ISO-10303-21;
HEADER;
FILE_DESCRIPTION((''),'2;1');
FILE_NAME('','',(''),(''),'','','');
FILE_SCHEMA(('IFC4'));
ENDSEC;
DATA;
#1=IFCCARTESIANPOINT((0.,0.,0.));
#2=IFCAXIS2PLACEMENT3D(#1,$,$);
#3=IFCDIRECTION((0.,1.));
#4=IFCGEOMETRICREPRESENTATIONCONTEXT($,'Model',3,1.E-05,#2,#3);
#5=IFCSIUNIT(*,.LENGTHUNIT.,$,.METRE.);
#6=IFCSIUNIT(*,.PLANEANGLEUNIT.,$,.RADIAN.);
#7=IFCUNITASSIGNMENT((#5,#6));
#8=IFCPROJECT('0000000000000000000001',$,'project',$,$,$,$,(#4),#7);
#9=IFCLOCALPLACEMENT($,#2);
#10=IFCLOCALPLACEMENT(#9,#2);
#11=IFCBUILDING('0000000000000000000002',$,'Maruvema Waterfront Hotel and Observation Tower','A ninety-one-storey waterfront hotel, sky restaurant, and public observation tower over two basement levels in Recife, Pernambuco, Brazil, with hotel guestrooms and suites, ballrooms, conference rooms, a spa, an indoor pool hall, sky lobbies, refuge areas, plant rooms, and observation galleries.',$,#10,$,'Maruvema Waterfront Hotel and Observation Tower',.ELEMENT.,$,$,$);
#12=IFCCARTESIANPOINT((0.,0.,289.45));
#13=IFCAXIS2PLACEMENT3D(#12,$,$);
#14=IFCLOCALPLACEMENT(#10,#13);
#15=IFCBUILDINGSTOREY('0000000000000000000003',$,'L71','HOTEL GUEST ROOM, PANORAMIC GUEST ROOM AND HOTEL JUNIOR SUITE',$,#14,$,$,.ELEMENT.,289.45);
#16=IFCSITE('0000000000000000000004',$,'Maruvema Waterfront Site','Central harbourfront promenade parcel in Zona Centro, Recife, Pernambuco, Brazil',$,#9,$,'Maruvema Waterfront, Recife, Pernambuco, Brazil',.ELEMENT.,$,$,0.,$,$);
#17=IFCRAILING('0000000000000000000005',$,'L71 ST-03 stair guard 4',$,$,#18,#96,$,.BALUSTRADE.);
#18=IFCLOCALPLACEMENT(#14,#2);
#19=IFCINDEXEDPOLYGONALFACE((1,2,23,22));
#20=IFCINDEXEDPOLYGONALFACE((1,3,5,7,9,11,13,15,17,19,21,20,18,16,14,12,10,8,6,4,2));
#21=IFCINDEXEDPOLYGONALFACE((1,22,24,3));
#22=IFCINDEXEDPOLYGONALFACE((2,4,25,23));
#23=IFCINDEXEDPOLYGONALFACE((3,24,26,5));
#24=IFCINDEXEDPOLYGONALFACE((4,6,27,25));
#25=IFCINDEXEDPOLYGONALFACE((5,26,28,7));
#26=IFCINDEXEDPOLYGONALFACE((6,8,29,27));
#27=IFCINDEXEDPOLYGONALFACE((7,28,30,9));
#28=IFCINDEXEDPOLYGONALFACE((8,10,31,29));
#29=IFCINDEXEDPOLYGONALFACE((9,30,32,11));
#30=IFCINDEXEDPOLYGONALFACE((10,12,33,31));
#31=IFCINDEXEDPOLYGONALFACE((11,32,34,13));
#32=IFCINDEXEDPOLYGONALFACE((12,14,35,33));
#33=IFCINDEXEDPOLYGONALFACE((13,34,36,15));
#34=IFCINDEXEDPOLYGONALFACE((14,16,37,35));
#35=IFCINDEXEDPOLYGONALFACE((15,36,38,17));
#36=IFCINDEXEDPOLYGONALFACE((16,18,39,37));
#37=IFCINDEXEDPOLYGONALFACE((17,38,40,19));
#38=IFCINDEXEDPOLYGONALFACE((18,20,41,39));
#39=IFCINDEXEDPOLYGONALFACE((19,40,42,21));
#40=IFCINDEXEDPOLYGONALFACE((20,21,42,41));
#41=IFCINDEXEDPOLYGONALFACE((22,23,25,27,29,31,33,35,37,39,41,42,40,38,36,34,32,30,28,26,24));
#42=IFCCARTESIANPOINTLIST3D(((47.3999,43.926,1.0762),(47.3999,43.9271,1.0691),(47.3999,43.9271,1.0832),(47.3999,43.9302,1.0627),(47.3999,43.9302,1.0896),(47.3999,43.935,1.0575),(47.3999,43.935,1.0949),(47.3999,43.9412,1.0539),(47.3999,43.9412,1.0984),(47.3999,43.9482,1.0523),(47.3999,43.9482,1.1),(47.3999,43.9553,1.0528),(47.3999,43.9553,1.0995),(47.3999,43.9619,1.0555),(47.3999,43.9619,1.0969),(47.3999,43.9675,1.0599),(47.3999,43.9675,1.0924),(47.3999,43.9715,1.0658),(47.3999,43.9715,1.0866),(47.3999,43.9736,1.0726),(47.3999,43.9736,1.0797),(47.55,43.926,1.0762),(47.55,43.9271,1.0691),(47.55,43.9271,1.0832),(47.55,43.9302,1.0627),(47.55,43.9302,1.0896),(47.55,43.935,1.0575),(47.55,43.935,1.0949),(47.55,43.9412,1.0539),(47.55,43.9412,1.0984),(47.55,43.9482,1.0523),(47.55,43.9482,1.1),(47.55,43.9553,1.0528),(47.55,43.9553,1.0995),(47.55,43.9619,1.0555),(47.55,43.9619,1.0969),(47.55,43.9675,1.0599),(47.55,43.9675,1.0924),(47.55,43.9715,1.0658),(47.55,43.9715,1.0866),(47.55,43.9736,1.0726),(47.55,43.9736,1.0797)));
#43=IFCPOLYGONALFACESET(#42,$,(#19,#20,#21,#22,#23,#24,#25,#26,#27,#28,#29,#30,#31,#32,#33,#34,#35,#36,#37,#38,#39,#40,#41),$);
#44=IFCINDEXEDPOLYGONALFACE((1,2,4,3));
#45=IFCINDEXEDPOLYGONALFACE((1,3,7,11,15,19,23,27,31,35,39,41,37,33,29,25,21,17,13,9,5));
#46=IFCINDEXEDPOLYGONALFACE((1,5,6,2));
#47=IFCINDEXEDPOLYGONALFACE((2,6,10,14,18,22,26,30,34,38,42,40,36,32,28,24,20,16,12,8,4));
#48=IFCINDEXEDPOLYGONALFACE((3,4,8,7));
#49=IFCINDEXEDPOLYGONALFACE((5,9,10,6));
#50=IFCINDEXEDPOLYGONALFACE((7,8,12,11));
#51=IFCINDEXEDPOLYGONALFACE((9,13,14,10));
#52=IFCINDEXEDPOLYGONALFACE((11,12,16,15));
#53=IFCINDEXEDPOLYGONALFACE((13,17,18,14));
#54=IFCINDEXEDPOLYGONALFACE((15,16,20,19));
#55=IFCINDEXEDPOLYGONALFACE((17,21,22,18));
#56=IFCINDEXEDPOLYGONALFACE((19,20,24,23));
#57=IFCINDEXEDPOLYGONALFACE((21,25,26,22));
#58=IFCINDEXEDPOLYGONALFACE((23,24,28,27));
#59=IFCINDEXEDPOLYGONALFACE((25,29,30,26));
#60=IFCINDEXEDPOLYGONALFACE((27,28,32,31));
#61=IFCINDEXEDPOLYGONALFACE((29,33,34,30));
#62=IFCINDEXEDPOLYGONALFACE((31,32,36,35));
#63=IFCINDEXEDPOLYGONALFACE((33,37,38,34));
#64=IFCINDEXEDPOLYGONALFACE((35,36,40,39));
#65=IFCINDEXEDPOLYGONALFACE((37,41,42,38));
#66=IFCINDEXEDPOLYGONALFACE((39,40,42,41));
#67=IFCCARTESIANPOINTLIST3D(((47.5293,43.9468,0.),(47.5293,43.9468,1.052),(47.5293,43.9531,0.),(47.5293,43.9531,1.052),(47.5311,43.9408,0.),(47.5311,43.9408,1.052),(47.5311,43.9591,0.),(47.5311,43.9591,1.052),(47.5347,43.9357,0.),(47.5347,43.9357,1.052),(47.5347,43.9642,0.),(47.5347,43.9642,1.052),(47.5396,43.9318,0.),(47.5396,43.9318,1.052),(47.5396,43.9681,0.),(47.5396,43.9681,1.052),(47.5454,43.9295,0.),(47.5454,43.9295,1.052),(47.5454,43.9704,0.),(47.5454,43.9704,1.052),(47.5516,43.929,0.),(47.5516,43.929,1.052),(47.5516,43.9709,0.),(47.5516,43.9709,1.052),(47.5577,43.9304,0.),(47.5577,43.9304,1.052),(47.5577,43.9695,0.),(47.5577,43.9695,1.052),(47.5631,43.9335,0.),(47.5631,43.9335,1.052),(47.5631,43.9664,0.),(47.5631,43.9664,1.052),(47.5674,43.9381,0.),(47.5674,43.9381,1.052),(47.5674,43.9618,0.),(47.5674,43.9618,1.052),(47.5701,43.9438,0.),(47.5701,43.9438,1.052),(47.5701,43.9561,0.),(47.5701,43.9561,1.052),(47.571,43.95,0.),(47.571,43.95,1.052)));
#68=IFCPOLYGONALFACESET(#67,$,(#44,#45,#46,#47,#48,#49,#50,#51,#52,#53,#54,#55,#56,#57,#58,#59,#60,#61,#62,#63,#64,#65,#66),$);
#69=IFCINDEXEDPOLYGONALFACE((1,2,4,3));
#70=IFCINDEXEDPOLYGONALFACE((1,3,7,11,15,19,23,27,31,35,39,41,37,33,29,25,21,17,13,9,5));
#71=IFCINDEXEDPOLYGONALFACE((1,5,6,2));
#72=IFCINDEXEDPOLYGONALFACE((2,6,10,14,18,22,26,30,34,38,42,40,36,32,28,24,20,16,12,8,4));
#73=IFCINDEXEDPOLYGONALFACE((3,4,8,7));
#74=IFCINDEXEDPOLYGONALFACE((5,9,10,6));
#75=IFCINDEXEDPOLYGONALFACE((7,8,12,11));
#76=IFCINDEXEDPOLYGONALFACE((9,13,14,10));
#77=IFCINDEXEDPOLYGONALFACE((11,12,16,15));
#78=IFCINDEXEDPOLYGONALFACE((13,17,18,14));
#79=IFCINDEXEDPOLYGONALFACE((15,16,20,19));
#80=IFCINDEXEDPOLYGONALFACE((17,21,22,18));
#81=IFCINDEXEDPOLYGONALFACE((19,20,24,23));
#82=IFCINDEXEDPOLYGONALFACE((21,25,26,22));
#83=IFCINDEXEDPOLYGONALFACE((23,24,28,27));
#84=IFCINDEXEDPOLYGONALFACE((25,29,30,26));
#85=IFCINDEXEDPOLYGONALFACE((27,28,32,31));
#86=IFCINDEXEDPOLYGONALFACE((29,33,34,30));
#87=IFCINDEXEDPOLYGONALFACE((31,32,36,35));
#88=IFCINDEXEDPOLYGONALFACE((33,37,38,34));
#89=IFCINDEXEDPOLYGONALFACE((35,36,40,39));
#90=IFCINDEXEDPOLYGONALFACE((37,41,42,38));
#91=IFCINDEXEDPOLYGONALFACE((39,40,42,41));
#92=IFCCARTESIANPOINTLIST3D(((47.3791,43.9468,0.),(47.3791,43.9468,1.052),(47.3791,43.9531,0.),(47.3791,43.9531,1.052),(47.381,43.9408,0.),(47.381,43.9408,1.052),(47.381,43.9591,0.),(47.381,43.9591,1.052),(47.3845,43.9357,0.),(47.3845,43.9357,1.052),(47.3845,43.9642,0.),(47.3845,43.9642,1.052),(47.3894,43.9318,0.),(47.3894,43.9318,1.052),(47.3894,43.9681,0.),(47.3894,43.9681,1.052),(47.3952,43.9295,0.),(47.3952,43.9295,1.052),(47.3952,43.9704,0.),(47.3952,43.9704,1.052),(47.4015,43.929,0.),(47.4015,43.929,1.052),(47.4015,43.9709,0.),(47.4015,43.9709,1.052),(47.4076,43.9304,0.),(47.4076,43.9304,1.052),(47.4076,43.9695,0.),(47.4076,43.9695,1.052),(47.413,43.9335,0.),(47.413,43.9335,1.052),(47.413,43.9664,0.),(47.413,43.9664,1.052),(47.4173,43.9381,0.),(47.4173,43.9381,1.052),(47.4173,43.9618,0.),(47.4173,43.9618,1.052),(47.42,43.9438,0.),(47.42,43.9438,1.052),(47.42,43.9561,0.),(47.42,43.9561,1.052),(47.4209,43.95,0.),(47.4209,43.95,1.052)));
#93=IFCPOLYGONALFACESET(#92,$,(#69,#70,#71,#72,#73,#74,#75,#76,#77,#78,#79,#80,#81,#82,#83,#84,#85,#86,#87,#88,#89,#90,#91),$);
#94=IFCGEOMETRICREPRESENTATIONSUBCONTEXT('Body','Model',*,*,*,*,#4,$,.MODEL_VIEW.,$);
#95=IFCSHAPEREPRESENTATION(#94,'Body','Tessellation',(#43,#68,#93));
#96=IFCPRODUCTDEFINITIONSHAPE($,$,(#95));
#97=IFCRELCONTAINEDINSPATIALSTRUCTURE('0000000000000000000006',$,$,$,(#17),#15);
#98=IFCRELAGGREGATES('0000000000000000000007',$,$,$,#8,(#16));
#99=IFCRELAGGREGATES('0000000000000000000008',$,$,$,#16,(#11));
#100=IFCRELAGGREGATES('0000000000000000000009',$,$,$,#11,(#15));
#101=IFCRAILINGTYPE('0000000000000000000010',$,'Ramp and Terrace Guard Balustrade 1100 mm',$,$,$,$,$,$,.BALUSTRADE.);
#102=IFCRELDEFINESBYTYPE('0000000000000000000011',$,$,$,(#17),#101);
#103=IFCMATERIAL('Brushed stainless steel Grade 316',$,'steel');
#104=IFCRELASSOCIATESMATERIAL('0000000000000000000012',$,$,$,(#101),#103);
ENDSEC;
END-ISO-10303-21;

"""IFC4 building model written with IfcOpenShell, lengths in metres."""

from ifc_helpers import new_model, si_unit, direction, frame, origin, origin_2d, place, context, subcontext, project, spatial, circle, extrude, material, type_object, element, save


model = new_model("IFC4")

# Units and contexts
model_context = context("Model", 3, precision=1e-05, world=origin(), true_north=direction((0.0, 1.0)))
body_context = subcontext(model_context, "Body", "Model", "MODEL_VIEW")
ifc_project = project(units=[si_unit("LENGTHUNIT", "METRE"), si_unit("PLANEANGLEUNIT", "RADIAN")], contexts=[model_context])

# Site, building, storey
site_placement = place(None, origin())
site = spatial("IfcSite", under=ifc_project, at=site_placement, Name="Maruvema Waterfront Site", Description="Central harbourfront promenade parcel in Zona Centro, Recife, Pernambuco, Brazil", LongName="Maruvema Waterfront, Recife, Pernambuco, Brazil", CompositionType="ELEMENT", RefElevation=0.0)
building_placement = place(site_placement, origin())
building = spatial("IfcBuilding", under=site, at=building_placement, Name="Maruvema Waterfront Hotel and Observation Tower", Description="A ninety-one-storey waterfront hotel, sky restaurant, and public observation tower over two basement levels in Recife, Pernambuco, Brazil, with hotel guestrooms and suites, ballrooms, conference rooms, a spa, an indoor pool hall, sky lobbies, refuge areas, plant rooms, and observation galleries.", LongName="Maruvema Waterfront Hotel and Observation Tower", CompositionType="ELEMENT")
storey_placement = place(building_placement, frame((0.0, 0.0, 289.45)))
storey = spatial("IfcBuildingStorey", under=building, at=storey_placement, Name="L71", Description="HOTEL GUEST ROOM, PANORAMIC GUEST ROOM AND HOTEL JUNIOR SUITE", CompositionType="ELEMENT", Elevation=289.45)

# Railing
ifc_material_1 = material(Name="Brushed stainless steel Grade 316", Category="steel")
railing_type = type_object("IfcRailingType", Name="Ramp and Terrace Guard Balustrade 1100 mm", PredefinedType="BALUSTRADE", material=ifc_material_1)
railing_placement = place(storey_placement, frame((47.55, 43.95, 0.0)))
element("IfcRailing", 1, at=railing_placement, inside=storey, type_object=railing_type, Name="L71 ST-03 stair guard 4", PredefinedType="BALUSTRADE", context=body_context, shape_type="SweptSolid", body=[
    extrude(circle(Radius=0.0239, at=origin_2d()), frame((0.0, 0.0, 1.0762), z_axis=(-1.0, 0.0, 0.0), x_axis=(0.0, -1.0, 0.0)), (0.0, 0.0, 1.0), 0.1501),
    extrude(circle(Radius=0.021, at=origin_2d()), origin(), (0.0, 0.0, 1.0), 1.052),
    extrude(circle(Radius=0.021, at=origin_2d()), frame((-0.1501, 0.0, 0.0)), (0.0, 0.0, 1.0), 1.052),
])

save(model, "model.ifc")
